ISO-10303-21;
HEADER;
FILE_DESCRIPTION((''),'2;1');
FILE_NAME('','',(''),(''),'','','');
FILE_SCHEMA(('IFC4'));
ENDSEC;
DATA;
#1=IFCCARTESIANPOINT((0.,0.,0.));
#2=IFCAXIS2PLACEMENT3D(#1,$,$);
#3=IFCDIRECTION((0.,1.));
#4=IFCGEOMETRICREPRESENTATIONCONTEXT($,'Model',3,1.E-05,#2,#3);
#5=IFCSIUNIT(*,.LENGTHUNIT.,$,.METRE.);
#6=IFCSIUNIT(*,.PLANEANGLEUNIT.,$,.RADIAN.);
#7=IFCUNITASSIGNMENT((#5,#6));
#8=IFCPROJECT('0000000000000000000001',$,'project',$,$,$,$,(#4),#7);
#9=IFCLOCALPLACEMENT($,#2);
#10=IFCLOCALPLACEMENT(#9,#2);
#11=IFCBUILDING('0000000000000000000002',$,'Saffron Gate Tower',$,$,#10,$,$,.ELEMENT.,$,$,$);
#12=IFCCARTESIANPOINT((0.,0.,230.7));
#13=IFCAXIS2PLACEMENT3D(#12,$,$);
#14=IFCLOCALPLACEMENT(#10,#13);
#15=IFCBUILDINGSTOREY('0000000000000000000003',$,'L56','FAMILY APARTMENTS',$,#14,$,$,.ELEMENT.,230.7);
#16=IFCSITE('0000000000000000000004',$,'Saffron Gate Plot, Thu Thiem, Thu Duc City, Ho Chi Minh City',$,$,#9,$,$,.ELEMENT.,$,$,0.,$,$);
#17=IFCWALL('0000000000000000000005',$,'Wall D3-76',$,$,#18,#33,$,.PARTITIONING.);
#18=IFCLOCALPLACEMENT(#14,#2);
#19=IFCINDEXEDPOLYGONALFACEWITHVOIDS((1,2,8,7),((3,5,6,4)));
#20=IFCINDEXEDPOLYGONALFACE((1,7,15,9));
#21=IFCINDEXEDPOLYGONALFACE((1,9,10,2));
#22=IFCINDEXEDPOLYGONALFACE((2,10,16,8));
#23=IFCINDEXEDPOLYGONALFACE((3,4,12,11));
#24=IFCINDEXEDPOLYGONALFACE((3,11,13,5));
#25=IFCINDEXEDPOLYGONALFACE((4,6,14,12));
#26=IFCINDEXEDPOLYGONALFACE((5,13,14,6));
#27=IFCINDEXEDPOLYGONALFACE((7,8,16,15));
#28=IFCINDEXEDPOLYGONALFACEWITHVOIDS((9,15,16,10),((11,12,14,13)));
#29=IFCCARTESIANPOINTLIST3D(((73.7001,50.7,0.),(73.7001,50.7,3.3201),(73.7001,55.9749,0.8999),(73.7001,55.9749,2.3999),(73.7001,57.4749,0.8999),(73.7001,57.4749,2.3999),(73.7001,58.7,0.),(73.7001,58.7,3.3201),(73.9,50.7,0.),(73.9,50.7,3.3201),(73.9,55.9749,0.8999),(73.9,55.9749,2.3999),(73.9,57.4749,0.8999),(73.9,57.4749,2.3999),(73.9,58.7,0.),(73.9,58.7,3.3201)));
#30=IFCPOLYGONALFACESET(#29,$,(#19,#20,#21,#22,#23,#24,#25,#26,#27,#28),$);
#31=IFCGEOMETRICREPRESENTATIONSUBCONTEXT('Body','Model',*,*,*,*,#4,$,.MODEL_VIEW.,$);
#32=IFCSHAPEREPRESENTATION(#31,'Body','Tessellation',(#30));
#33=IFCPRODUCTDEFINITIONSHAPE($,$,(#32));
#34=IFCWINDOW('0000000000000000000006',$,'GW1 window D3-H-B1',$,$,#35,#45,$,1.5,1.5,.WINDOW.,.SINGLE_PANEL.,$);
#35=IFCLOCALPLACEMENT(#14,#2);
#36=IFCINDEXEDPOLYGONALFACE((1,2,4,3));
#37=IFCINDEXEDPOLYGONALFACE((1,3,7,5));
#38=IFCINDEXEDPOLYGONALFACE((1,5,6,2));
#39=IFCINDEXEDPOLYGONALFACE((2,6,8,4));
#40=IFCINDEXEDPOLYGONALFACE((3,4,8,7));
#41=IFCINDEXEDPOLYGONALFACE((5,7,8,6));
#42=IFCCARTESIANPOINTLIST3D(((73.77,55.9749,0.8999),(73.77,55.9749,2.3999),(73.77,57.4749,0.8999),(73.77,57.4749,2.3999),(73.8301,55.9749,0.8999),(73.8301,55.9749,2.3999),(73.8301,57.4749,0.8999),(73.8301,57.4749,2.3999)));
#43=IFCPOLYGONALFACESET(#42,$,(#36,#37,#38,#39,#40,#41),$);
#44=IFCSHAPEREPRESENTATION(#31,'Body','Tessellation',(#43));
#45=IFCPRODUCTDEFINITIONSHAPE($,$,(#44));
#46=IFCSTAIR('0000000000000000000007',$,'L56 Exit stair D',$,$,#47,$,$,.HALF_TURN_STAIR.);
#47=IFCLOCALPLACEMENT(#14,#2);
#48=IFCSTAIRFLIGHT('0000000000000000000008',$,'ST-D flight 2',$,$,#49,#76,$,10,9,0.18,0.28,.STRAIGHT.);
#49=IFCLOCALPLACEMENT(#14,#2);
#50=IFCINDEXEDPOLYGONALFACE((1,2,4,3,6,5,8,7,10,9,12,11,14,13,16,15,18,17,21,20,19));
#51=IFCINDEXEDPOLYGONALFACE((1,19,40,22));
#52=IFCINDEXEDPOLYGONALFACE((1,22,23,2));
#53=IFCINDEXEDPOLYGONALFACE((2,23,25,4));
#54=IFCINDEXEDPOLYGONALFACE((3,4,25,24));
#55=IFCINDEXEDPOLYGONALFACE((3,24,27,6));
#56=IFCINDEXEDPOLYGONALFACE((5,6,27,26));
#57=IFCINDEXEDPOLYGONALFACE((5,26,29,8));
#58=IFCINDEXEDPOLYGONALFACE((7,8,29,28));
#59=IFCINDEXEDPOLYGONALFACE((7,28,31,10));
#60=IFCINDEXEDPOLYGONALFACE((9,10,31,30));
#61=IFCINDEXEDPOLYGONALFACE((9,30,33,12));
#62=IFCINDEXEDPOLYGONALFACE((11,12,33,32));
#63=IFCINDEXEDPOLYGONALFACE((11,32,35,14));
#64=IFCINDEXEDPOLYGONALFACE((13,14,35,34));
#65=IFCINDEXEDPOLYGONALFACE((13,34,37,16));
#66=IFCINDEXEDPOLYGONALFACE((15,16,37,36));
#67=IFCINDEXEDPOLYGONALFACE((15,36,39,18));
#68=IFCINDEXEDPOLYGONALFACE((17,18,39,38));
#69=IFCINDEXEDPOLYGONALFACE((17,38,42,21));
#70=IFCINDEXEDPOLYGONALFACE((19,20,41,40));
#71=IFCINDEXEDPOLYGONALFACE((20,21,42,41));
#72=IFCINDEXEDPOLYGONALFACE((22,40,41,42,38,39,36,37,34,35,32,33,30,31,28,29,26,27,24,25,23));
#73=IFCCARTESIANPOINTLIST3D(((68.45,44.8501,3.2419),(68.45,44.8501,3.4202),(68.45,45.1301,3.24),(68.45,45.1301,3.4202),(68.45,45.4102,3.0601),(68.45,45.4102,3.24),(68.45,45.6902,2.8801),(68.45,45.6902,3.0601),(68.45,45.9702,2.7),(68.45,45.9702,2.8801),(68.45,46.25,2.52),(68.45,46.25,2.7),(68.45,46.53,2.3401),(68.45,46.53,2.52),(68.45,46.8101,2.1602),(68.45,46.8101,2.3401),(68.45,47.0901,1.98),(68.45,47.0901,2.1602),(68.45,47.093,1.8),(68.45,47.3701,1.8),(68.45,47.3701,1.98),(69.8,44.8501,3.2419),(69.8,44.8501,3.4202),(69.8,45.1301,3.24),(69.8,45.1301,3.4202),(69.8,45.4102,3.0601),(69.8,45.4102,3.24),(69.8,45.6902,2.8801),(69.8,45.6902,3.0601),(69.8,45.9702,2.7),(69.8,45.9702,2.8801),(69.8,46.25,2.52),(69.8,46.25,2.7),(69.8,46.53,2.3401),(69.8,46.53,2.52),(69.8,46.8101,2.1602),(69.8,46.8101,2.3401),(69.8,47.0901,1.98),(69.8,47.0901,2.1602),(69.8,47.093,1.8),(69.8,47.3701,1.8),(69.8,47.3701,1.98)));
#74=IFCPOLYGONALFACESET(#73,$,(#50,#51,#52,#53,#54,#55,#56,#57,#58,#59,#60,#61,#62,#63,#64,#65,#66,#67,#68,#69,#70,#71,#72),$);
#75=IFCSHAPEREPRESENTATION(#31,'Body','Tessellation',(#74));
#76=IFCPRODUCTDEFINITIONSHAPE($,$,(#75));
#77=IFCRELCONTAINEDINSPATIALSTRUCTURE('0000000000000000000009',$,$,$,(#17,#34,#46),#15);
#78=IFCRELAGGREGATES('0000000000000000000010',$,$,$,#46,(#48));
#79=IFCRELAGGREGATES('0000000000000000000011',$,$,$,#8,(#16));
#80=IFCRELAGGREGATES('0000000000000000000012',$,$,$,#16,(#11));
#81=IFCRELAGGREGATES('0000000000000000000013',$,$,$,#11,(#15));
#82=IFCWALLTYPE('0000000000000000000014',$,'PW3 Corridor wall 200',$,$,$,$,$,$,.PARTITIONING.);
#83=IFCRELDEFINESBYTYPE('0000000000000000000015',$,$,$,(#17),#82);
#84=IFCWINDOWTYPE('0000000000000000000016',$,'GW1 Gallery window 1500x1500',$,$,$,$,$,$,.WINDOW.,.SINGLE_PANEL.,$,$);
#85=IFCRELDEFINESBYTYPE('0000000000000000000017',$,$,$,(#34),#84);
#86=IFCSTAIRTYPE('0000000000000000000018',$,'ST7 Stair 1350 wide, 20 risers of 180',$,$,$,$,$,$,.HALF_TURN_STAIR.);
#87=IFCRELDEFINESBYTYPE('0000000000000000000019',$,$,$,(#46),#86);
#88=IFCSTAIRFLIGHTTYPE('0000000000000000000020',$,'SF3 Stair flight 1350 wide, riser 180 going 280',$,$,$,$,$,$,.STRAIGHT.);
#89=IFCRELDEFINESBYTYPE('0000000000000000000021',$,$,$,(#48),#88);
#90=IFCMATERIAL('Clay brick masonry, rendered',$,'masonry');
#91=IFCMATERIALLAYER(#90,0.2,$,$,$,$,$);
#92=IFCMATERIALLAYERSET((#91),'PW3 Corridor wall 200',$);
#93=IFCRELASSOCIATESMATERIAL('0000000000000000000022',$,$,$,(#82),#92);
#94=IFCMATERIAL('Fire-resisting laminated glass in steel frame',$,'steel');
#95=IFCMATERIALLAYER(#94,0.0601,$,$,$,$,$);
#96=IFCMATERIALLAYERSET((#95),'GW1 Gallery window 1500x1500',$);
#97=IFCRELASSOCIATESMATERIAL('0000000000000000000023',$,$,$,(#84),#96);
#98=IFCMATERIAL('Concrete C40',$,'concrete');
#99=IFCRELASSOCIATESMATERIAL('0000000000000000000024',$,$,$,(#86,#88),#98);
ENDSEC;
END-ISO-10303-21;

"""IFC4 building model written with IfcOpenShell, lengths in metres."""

from ifc_helpers import new_model, si_unit, direction, frame, frame_2d, origin, place, context, subcontext, project, spatial, polyline, rectangle, outline, extrude, material, layer, layer_set, type_object, element, fill, aggregate, save


model = new_model("IFC4")

# Units and contexts
model_context = context("Model", 3, precision=1e-05, world=origin(), true_north=direction((0.0, 1.0)))
body_context = subcontext(model_context, "Body", "Model", "MODEL_VIEW")
ifc_project = project(units=[si_unit("LENGTHUNIT", "METRE"), si_unit("PLANEANGLEUNIT", "RADIAN")], contexts=[model_context])

# Site, building, storey
site_placement = place(None, origin())
site = spatial("IfcSite", under=ifc_project, at=site_placement, Name="Saffron Gate Plot, Thu Thiem, Thu Duc City, Ho Chi Minh City", CompositionType="ELEMENT", RefElevation=0.0)
building_placement = place(site_placement, origin())
building = spatial("IfcBuilding", under=site, at=building_placement, Name="Saffron Gate Tower", CompositionType="ELEMENT")
storey_placement = place(building_placement, frame((0.0, 0.0, 230.7)))
storey = spatial("IfcBuildingStorey", under=building, at=storey_placement, Name="L56", Description="FAMILY APARTMENTS", CompositionType="ELEMENT", Elevation=230.7)

# Wall, opening, window
ifc_material_1 = material(Name="Clay brick masonry, rendered", Category="masonry")
ifc_layer_1 = layer(ifc_material_1, 0.2)
ifc_layer_set_1 = layer_set([ifc_layer_1], Name="PW3 Corridor wall 200")
wall_type_1 = type_object("IfcWallType", Name="PW3 Corridor wall 200", PredefinedType="PARTITIONING", material=ifc_layer_set_1)
wall_1_placement = place(storey_placement, frame((73.8, 58.7, 0.0), z_axis=(0.0, 0.0, 1.0), x_axis=(0.0, -1.0, 0.0)))
wall_1 = element("IfcWall", 1, at=wall_1_placement, inside=storey, type_object=wall_type_1, Name="Wall D3-76", PredefinedType="PARTITIONING", context=body_context, shape_type="SweptSolid", body=[
    extrude(rectangle(XDim=8.0, YDim=0.2, at=frame_2d((4.0, 0.0))), origin(), (0.0, 0.0, 1.0), 3.3201),
])
opening_1_placement = place(wall_1_placement, frame((1.2251, 0.0, 0.8999)))
opening_1 = element("IfcOpeningElement", 2, at=opening_1_placement, cuts=wall_1, PredefinedType="OPENING", context=body_context, shape_type="SweptSolid", body=[
    extrude(rectangle(XDim=1.5, YDim=1.5, at=frame_2d((0.75, 0.75))), frame((0.0, 0.1099, 0.0), z_axis=(0.0, -1.0, 0.0), x_axis=(1.0, 0.0, 0.0)), (0.0, 0.0, 1.0), 0.22),
])
ifc_material_2 = material(Name="Fire-resisting laminated glass in steel frame", Category="steel")
ifc_layer_2 = layer(ifc_material_2, 0.0601)
ifc_layer_set_2 = layer_set([ifc_layer_2], Name="GW1 Gallery window 1500x1500")
window_type = type_object("IfcWindowType", Name="GW1 Gallery window 1500x1500", PartitioningType="SINGLE_PANEL", PredefinedType="WINDOW", material=ifc_layer_set_2)
window_placement = place(opening_1_placement, origin())
window = element("IfcWindow", 3, at=window_placement, inside=storey, type_object=window_type, Name="GW1 window D3-H-B1", OverallHeight=1.5, OverallWidth=1.5, PartitioningType="SINGLE_PANEL", PredefinedType="WINDOW", context=body_context, shape_type="SweptSolid", body=[
    extrude(rectangle(XDim=1.5, YDim=1.5, at=frame_2d((0.75, 0.75))), frame((0.0, 0.03, 0.0), z_axis=(0.0, -1.0, 0.0), x_axis=(1.0, 0.0, 0.0)), (0.0, 0.0, 1.0), 0.0601),
])
fill(opening_1, window)

# Stair, stair flight
ifc_material_3 = material(Name="Concrete C40", Category="concrete")
stair_type = type_object("IfcStairType", Name="ST7 Stair 1350 wide, 20 risers of 180", PredefinedType="HALF_TURN_STAIR", material=ifc_material_3)
stair_placement = place(storey_placement, origin())
stair = element("IfcStair", 4, at=stair_placement, inside=storey, type_object=stair_type, Name="L56 Exit stair D", PredefinedType="HALF_TURN_STAIR")
stair_flight_type = type_object("IfcStairFlightType", Name="SF3 Stair flight 1350 wide, riser 180 going 280", PredefinedType="STRAIGHT", material=ifc_material_3)
stair_flight_placement = place(storey_placement, frame((69.125, 47.3701, 1.8), z_axis=(0.0, 0.0, 1.0), x_axis=(0.0, -1.0, 0.0)))
stair_flight = element("IfcStairFlight", 5, at=stair_flight_placement, type_object=stair_flight_type, Name="ST-D flight 2", NumberOfRisers=10, NumberOfTreads=9, PredefinedType="STRAIGHT", RiserHeight=0.18, TreadLength=0.28, context=body_context, shape_type="SweptSolid", body=[
    extrude(outline(polyline([(0.0, 0.0), (0.0, 0.1799), (0.28, 0.1799), (0.28, 0.3601), (0.5601, 0.3601), (0.5601, 0.54), (0.8401, 0.54), (0.8401, 0.72), (1.1201, 0.72), (1.1201, 0.8999), (1.3999, 0.8999), (1.3999, 1.0801), (1.6799, 1.0801), (1.6799, 1.26), (1.96, 1.26), (1.96, 1.4399), (2.24, 1.4399), (2.24, 1.6201), (2.52, 1.6201), (2.52, 1.8), (2.52, 1.4419), (0.2771, 0.0), (0.0, 0.0)])), frame((0.0, 0.675, 0.0), z_axis=(0.0, -1.0, 0.0), x_axis=(1.0, 0.0, 0.0)), (0.0, 0.0, 1.0), 1.3501),
])
aggregate(stair, [stair_flight])

save(model, "model.ifc")
